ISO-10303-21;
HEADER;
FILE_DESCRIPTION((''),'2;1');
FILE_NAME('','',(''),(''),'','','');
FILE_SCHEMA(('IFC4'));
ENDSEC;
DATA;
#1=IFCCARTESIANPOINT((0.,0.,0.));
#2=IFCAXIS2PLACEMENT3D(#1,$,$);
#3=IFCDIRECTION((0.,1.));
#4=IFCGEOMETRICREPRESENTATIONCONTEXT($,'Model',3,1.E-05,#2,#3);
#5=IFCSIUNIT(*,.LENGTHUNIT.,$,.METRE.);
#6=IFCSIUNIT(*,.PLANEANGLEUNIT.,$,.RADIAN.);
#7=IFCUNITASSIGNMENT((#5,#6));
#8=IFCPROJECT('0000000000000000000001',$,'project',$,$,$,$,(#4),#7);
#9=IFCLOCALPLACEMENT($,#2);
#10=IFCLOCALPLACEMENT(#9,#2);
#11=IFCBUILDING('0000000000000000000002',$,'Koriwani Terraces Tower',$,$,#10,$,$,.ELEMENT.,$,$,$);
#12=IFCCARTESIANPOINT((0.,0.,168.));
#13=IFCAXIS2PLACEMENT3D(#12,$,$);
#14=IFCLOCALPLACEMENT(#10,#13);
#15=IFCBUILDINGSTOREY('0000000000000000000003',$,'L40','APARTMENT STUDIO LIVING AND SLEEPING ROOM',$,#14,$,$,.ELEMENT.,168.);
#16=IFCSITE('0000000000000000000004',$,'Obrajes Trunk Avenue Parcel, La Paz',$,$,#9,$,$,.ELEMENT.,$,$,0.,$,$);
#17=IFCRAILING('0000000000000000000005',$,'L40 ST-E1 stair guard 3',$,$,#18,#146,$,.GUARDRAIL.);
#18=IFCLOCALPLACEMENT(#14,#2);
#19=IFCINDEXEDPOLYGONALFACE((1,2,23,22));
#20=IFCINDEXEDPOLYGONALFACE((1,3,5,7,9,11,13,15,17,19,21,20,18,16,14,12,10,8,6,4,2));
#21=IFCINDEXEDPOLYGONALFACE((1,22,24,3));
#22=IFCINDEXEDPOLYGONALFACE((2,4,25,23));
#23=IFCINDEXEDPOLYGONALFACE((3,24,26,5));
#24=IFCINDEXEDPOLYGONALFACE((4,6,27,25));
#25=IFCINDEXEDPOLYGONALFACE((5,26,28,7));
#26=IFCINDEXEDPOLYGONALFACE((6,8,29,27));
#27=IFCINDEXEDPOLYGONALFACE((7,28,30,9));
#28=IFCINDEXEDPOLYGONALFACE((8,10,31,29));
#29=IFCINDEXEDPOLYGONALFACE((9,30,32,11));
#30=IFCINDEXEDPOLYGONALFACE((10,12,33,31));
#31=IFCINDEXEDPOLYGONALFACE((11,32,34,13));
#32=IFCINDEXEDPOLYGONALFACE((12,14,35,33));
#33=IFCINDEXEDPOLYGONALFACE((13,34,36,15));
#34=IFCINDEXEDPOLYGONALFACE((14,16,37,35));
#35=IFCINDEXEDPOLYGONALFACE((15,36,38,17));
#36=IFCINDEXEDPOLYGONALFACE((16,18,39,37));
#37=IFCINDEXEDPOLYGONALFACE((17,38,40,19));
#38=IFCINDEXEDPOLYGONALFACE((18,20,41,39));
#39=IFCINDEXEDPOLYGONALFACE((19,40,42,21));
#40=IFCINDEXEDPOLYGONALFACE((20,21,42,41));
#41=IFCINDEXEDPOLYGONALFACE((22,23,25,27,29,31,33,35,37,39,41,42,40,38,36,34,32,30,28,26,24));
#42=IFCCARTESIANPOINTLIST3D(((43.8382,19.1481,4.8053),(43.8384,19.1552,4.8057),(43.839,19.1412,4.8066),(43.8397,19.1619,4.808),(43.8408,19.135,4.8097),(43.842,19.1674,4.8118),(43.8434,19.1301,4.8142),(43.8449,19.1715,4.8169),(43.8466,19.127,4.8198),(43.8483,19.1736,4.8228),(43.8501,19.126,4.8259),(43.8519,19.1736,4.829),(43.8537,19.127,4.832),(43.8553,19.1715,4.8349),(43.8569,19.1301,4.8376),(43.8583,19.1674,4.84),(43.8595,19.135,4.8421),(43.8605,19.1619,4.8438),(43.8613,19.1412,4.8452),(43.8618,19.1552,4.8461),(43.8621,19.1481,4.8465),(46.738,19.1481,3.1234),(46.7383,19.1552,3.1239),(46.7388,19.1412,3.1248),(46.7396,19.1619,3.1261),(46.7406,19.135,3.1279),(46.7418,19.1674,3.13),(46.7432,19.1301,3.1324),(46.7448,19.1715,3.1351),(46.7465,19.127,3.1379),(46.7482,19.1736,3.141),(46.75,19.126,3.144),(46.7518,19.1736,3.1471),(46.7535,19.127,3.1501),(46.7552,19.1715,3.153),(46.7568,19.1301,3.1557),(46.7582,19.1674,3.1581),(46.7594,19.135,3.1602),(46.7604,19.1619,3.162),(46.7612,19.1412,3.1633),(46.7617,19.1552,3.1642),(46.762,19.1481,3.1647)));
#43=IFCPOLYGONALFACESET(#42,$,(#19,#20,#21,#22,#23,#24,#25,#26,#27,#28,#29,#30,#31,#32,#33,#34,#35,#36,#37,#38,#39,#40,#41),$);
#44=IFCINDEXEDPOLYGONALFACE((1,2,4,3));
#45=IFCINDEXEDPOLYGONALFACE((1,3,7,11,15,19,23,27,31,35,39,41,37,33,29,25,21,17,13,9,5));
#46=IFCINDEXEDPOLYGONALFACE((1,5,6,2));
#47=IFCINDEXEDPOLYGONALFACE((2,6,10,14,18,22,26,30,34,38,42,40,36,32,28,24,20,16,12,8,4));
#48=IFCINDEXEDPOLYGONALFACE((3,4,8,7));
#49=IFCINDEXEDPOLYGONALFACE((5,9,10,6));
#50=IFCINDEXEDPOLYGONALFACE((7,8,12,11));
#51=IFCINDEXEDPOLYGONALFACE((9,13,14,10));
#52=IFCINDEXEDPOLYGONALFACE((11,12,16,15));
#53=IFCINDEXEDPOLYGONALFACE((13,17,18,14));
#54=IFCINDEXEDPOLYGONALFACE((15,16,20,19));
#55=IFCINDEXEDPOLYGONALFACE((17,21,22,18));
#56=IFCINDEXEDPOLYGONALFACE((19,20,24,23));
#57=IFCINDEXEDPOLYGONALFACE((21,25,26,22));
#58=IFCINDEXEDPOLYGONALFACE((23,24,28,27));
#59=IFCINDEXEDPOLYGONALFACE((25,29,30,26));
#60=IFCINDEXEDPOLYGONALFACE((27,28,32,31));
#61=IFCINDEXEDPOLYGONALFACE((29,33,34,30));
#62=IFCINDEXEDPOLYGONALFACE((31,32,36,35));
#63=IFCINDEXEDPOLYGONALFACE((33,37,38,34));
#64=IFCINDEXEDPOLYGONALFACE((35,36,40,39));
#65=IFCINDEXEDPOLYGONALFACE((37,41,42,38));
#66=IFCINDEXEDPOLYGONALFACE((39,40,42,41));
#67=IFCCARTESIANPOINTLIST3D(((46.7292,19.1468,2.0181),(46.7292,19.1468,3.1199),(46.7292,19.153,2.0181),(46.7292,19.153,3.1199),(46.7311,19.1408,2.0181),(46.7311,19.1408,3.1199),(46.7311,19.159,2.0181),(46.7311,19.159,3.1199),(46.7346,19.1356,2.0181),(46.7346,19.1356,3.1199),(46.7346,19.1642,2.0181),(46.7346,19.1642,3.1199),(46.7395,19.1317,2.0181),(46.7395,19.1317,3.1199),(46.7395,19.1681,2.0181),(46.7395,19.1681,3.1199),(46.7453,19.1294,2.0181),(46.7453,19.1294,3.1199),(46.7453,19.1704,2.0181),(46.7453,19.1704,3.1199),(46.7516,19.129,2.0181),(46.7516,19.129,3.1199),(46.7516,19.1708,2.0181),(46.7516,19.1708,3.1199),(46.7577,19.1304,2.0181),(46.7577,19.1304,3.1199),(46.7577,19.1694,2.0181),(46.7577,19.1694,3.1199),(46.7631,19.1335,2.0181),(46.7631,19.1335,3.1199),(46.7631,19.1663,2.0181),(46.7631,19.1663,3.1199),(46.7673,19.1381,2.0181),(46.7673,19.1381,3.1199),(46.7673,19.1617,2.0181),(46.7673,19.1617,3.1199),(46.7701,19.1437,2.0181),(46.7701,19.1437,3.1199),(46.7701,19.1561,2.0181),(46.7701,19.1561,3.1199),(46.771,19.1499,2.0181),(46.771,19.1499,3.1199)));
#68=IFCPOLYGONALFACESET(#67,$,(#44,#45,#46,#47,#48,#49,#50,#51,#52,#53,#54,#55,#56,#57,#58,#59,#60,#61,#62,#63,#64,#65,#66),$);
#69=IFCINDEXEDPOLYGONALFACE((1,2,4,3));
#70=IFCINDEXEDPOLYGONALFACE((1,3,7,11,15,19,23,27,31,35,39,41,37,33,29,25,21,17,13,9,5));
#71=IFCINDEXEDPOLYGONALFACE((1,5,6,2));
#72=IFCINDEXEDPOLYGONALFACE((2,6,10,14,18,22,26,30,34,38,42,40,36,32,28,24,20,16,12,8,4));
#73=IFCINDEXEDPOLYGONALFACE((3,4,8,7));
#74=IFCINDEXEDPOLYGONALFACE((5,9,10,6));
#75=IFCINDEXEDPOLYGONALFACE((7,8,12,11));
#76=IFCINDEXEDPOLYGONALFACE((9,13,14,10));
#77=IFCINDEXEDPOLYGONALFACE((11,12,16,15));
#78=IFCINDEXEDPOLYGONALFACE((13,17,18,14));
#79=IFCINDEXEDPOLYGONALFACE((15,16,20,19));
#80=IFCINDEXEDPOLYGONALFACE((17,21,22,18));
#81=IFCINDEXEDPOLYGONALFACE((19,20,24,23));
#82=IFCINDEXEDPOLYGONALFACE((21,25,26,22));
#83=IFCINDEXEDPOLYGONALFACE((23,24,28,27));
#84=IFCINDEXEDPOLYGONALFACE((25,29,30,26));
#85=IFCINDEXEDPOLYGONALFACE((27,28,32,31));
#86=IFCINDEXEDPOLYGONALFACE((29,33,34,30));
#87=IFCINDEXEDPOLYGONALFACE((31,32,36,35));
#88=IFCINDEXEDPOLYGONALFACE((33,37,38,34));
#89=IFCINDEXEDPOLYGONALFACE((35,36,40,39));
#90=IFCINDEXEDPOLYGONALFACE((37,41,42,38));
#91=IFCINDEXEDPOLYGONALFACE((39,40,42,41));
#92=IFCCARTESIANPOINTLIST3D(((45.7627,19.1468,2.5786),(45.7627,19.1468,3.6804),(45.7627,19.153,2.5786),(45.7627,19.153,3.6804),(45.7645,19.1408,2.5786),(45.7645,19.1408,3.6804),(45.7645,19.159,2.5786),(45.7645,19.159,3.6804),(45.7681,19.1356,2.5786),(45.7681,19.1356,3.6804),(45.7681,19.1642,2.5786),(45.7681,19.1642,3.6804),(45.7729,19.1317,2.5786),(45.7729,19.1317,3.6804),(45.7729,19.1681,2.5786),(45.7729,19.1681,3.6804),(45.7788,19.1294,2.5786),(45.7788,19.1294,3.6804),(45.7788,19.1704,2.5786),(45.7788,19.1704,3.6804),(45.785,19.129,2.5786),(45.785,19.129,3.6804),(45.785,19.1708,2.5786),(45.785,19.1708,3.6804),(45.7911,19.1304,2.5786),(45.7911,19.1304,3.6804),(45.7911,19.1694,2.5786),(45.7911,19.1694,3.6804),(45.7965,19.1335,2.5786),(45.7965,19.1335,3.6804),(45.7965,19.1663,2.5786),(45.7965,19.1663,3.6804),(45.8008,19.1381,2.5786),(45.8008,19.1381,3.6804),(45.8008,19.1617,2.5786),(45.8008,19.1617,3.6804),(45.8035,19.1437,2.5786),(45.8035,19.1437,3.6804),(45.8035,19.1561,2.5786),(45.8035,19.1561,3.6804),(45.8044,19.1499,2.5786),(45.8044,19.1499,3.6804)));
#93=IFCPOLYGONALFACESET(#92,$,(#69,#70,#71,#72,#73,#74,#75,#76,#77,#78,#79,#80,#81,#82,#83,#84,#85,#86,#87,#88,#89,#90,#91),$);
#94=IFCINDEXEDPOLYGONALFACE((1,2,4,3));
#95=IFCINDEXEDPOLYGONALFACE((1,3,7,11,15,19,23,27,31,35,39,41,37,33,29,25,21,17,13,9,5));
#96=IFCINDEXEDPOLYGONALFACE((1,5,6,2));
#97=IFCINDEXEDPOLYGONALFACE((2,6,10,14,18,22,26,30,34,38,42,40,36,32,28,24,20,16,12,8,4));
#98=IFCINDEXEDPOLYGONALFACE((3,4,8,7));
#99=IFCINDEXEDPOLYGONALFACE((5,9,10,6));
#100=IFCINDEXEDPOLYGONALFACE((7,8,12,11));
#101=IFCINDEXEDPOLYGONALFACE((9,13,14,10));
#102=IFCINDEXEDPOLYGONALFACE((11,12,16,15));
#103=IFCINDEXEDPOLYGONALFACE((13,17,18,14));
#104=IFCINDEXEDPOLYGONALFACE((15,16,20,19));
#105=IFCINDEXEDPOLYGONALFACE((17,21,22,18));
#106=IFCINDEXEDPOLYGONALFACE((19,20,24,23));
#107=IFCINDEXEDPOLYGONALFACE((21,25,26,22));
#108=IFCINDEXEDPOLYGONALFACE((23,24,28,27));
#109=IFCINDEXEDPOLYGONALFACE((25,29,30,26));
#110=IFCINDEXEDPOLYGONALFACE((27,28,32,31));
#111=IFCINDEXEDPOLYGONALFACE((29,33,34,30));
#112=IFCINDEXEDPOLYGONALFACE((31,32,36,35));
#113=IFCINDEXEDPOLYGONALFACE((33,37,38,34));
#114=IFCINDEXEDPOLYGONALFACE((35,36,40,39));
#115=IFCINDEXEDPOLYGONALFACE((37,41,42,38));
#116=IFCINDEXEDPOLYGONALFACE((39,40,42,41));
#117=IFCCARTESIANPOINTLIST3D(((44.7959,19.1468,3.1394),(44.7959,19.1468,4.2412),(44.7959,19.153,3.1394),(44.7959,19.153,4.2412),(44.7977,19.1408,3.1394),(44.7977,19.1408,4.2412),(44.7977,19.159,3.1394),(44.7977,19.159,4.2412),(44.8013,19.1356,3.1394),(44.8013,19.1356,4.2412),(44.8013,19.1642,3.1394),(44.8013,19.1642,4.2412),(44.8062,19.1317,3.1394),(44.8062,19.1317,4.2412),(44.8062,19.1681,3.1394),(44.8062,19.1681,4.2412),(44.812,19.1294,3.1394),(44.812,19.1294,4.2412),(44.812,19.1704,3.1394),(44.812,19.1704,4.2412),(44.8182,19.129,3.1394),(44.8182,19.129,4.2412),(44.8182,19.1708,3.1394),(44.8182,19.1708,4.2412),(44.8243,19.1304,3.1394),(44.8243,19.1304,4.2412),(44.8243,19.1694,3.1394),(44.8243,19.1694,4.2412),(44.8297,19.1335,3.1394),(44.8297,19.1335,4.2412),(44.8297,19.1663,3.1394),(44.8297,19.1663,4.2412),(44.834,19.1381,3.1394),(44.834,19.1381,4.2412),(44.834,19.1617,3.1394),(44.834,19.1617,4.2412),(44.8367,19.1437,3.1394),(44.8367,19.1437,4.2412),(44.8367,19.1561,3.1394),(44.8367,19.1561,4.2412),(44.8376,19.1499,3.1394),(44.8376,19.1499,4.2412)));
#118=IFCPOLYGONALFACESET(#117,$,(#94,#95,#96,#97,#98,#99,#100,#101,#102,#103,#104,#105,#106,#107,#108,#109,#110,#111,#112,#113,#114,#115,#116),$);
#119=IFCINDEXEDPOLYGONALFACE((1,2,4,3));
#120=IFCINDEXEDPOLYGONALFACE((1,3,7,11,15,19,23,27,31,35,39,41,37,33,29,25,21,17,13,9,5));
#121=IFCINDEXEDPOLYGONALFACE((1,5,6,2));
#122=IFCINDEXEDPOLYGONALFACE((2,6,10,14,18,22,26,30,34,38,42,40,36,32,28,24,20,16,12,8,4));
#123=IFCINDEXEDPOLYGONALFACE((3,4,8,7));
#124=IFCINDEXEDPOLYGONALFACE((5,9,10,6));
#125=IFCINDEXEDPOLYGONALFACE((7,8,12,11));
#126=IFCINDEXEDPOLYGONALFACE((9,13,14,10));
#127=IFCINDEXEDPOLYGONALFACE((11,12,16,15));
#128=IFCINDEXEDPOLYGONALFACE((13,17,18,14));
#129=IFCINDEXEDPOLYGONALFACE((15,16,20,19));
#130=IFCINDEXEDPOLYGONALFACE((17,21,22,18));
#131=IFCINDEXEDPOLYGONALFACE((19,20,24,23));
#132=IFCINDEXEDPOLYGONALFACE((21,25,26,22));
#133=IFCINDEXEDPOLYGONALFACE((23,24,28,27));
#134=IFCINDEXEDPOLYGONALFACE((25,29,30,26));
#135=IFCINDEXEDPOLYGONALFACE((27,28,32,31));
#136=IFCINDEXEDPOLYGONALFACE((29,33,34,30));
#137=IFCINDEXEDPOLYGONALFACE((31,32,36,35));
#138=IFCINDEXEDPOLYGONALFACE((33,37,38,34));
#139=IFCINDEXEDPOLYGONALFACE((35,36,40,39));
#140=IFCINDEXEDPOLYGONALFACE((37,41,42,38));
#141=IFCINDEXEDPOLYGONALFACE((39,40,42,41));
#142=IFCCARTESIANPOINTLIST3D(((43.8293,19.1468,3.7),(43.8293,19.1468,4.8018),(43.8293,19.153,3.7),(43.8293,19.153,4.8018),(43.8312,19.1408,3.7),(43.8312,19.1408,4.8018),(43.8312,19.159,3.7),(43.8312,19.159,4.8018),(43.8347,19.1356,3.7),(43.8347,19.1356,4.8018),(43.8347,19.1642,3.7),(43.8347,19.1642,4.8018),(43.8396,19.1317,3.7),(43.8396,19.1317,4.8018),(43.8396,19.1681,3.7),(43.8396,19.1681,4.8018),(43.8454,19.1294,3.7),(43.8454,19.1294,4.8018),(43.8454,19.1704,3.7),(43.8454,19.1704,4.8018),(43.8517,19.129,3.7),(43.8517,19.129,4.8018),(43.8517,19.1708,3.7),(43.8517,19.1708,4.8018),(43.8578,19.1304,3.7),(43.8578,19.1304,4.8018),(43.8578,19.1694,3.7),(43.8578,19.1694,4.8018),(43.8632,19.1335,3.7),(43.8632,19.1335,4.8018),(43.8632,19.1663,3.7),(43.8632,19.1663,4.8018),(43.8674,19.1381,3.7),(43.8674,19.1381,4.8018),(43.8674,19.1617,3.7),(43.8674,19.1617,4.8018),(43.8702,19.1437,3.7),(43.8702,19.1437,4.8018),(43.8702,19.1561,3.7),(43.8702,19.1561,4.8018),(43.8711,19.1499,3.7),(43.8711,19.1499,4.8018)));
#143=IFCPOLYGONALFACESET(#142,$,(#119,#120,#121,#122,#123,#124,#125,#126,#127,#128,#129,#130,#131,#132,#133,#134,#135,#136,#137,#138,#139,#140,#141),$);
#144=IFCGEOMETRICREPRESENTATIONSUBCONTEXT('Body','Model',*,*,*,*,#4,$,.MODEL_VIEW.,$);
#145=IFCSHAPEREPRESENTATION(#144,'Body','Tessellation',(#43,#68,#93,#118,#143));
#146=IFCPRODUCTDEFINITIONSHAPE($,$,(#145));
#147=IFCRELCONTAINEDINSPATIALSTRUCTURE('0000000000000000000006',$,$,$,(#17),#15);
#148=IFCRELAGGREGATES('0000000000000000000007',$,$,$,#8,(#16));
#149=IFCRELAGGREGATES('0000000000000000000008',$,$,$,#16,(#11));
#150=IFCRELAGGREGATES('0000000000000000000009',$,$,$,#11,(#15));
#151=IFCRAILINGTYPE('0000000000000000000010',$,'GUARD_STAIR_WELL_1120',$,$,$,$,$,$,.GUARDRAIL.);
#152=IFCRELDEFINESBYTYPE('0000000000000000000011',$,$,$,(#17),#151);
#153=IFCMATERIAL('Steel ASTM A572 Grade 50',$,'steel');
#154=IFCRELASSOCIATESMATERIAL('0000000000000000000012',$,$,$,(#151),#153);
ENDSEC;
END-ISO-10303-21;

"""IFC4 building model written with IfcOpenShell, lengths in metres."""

from ifc_helpers import new_model, si_unit, direction, frame, origin, origin_2d, place, context, subcontext, project, spatial, circle, extrude, material, type_object, element, save


model = new_model("IFC4")

# Units and contexts
model_context = context("Model", 3, precision=1e-05, world=origin(), true_north=direction((0.0, 1.0)))
body_context = subcontext(model_context, "Body", "Model", "MODEL_VIEW")
ifc_project = project(units=[si_unit("LENGTHUNIT", "METRE"), si_unit("PLANEANGLEUNIT", "RADIAN")], contexts=[model_context])

# Site, building, storey
site_placement = place(None, origin())
site = spatial("IfcSite", under=ifc_project, at=site_placement, Name="Obrajes Trunk Avenue Parcel, La Paz", CompositionType="ELEMENT", RefElevation=0.0)
building_placement = place(site_placement, origin())
building = spatial("IfcBuilding", under=site, at=building_placement, Name="Koriwani Terraces Tower", CompositionType="ELEMENT")
storey_placement = place(building_placement, frame((0.0, 0.0, 168.0)))
storey = spatial("IfcBuildingStorey", under=building, at=storey_placement, Name="L40", Description="APARTMENT STUDIO LIVING AND SLEEPING ROOM", CompositionType="ELEMENT", Elevation=168.0)

# Shared definitions
ifc_material_1 = material(Name="Steel ASTM A572 Grade 50", Category="steel")

# Railing
railing_type_1 = type_object("IfcRailingType", Name="GUARD_STAIR_WELL_1120", PredefinedType="GUARDRAIL", material=ifc_material_1)
railing_1_placement = place(storey_placement, frame((46.75, 19.1499, 2.0181)))
element("IfcRailing", 1, at=railing_1_placement, inside=storey, type_object=railing_type_1, Name="L40 ST-E1 stair guard 3", PredefinedType="GUARDRAIL", context=body_context, shape_type="SweptSolid", body=[
    extrude(circle(Radius=0.0239, at=origin_2d()), frame((0.0, 0.0, 1.126), z_axis=(-0.865039, 0.0, 0.501705), x_axis=(0.0, -1.0, 0.0)), (0.0, 0.0, 1.0), 3.3523),
    extrude(circle(Radius=0.021, at=origin_2d()), origin(), (0.0, 0.0, 1.0), 1.1018),
    extrude(circle(Radius=0.021, at=origin_2d()), frame((-0.9666, 0.0, 0.5605)), (0.0, 0.0, 1.0), 1.1018),
    extrude(circle(Radius=0.021, at=origin_2d()), frame((-1.9333, 0.0, 1.1213)), (0.0, 0.0, 1.0), 1.1018),
    extrude(circle(Radius=0.021, at=origin_2d()), frame((-2.8999, 0.0, 1.6819)), (0.0, 0.0, 1.0), 1.1018),
])

save(model, "model.ifc")
